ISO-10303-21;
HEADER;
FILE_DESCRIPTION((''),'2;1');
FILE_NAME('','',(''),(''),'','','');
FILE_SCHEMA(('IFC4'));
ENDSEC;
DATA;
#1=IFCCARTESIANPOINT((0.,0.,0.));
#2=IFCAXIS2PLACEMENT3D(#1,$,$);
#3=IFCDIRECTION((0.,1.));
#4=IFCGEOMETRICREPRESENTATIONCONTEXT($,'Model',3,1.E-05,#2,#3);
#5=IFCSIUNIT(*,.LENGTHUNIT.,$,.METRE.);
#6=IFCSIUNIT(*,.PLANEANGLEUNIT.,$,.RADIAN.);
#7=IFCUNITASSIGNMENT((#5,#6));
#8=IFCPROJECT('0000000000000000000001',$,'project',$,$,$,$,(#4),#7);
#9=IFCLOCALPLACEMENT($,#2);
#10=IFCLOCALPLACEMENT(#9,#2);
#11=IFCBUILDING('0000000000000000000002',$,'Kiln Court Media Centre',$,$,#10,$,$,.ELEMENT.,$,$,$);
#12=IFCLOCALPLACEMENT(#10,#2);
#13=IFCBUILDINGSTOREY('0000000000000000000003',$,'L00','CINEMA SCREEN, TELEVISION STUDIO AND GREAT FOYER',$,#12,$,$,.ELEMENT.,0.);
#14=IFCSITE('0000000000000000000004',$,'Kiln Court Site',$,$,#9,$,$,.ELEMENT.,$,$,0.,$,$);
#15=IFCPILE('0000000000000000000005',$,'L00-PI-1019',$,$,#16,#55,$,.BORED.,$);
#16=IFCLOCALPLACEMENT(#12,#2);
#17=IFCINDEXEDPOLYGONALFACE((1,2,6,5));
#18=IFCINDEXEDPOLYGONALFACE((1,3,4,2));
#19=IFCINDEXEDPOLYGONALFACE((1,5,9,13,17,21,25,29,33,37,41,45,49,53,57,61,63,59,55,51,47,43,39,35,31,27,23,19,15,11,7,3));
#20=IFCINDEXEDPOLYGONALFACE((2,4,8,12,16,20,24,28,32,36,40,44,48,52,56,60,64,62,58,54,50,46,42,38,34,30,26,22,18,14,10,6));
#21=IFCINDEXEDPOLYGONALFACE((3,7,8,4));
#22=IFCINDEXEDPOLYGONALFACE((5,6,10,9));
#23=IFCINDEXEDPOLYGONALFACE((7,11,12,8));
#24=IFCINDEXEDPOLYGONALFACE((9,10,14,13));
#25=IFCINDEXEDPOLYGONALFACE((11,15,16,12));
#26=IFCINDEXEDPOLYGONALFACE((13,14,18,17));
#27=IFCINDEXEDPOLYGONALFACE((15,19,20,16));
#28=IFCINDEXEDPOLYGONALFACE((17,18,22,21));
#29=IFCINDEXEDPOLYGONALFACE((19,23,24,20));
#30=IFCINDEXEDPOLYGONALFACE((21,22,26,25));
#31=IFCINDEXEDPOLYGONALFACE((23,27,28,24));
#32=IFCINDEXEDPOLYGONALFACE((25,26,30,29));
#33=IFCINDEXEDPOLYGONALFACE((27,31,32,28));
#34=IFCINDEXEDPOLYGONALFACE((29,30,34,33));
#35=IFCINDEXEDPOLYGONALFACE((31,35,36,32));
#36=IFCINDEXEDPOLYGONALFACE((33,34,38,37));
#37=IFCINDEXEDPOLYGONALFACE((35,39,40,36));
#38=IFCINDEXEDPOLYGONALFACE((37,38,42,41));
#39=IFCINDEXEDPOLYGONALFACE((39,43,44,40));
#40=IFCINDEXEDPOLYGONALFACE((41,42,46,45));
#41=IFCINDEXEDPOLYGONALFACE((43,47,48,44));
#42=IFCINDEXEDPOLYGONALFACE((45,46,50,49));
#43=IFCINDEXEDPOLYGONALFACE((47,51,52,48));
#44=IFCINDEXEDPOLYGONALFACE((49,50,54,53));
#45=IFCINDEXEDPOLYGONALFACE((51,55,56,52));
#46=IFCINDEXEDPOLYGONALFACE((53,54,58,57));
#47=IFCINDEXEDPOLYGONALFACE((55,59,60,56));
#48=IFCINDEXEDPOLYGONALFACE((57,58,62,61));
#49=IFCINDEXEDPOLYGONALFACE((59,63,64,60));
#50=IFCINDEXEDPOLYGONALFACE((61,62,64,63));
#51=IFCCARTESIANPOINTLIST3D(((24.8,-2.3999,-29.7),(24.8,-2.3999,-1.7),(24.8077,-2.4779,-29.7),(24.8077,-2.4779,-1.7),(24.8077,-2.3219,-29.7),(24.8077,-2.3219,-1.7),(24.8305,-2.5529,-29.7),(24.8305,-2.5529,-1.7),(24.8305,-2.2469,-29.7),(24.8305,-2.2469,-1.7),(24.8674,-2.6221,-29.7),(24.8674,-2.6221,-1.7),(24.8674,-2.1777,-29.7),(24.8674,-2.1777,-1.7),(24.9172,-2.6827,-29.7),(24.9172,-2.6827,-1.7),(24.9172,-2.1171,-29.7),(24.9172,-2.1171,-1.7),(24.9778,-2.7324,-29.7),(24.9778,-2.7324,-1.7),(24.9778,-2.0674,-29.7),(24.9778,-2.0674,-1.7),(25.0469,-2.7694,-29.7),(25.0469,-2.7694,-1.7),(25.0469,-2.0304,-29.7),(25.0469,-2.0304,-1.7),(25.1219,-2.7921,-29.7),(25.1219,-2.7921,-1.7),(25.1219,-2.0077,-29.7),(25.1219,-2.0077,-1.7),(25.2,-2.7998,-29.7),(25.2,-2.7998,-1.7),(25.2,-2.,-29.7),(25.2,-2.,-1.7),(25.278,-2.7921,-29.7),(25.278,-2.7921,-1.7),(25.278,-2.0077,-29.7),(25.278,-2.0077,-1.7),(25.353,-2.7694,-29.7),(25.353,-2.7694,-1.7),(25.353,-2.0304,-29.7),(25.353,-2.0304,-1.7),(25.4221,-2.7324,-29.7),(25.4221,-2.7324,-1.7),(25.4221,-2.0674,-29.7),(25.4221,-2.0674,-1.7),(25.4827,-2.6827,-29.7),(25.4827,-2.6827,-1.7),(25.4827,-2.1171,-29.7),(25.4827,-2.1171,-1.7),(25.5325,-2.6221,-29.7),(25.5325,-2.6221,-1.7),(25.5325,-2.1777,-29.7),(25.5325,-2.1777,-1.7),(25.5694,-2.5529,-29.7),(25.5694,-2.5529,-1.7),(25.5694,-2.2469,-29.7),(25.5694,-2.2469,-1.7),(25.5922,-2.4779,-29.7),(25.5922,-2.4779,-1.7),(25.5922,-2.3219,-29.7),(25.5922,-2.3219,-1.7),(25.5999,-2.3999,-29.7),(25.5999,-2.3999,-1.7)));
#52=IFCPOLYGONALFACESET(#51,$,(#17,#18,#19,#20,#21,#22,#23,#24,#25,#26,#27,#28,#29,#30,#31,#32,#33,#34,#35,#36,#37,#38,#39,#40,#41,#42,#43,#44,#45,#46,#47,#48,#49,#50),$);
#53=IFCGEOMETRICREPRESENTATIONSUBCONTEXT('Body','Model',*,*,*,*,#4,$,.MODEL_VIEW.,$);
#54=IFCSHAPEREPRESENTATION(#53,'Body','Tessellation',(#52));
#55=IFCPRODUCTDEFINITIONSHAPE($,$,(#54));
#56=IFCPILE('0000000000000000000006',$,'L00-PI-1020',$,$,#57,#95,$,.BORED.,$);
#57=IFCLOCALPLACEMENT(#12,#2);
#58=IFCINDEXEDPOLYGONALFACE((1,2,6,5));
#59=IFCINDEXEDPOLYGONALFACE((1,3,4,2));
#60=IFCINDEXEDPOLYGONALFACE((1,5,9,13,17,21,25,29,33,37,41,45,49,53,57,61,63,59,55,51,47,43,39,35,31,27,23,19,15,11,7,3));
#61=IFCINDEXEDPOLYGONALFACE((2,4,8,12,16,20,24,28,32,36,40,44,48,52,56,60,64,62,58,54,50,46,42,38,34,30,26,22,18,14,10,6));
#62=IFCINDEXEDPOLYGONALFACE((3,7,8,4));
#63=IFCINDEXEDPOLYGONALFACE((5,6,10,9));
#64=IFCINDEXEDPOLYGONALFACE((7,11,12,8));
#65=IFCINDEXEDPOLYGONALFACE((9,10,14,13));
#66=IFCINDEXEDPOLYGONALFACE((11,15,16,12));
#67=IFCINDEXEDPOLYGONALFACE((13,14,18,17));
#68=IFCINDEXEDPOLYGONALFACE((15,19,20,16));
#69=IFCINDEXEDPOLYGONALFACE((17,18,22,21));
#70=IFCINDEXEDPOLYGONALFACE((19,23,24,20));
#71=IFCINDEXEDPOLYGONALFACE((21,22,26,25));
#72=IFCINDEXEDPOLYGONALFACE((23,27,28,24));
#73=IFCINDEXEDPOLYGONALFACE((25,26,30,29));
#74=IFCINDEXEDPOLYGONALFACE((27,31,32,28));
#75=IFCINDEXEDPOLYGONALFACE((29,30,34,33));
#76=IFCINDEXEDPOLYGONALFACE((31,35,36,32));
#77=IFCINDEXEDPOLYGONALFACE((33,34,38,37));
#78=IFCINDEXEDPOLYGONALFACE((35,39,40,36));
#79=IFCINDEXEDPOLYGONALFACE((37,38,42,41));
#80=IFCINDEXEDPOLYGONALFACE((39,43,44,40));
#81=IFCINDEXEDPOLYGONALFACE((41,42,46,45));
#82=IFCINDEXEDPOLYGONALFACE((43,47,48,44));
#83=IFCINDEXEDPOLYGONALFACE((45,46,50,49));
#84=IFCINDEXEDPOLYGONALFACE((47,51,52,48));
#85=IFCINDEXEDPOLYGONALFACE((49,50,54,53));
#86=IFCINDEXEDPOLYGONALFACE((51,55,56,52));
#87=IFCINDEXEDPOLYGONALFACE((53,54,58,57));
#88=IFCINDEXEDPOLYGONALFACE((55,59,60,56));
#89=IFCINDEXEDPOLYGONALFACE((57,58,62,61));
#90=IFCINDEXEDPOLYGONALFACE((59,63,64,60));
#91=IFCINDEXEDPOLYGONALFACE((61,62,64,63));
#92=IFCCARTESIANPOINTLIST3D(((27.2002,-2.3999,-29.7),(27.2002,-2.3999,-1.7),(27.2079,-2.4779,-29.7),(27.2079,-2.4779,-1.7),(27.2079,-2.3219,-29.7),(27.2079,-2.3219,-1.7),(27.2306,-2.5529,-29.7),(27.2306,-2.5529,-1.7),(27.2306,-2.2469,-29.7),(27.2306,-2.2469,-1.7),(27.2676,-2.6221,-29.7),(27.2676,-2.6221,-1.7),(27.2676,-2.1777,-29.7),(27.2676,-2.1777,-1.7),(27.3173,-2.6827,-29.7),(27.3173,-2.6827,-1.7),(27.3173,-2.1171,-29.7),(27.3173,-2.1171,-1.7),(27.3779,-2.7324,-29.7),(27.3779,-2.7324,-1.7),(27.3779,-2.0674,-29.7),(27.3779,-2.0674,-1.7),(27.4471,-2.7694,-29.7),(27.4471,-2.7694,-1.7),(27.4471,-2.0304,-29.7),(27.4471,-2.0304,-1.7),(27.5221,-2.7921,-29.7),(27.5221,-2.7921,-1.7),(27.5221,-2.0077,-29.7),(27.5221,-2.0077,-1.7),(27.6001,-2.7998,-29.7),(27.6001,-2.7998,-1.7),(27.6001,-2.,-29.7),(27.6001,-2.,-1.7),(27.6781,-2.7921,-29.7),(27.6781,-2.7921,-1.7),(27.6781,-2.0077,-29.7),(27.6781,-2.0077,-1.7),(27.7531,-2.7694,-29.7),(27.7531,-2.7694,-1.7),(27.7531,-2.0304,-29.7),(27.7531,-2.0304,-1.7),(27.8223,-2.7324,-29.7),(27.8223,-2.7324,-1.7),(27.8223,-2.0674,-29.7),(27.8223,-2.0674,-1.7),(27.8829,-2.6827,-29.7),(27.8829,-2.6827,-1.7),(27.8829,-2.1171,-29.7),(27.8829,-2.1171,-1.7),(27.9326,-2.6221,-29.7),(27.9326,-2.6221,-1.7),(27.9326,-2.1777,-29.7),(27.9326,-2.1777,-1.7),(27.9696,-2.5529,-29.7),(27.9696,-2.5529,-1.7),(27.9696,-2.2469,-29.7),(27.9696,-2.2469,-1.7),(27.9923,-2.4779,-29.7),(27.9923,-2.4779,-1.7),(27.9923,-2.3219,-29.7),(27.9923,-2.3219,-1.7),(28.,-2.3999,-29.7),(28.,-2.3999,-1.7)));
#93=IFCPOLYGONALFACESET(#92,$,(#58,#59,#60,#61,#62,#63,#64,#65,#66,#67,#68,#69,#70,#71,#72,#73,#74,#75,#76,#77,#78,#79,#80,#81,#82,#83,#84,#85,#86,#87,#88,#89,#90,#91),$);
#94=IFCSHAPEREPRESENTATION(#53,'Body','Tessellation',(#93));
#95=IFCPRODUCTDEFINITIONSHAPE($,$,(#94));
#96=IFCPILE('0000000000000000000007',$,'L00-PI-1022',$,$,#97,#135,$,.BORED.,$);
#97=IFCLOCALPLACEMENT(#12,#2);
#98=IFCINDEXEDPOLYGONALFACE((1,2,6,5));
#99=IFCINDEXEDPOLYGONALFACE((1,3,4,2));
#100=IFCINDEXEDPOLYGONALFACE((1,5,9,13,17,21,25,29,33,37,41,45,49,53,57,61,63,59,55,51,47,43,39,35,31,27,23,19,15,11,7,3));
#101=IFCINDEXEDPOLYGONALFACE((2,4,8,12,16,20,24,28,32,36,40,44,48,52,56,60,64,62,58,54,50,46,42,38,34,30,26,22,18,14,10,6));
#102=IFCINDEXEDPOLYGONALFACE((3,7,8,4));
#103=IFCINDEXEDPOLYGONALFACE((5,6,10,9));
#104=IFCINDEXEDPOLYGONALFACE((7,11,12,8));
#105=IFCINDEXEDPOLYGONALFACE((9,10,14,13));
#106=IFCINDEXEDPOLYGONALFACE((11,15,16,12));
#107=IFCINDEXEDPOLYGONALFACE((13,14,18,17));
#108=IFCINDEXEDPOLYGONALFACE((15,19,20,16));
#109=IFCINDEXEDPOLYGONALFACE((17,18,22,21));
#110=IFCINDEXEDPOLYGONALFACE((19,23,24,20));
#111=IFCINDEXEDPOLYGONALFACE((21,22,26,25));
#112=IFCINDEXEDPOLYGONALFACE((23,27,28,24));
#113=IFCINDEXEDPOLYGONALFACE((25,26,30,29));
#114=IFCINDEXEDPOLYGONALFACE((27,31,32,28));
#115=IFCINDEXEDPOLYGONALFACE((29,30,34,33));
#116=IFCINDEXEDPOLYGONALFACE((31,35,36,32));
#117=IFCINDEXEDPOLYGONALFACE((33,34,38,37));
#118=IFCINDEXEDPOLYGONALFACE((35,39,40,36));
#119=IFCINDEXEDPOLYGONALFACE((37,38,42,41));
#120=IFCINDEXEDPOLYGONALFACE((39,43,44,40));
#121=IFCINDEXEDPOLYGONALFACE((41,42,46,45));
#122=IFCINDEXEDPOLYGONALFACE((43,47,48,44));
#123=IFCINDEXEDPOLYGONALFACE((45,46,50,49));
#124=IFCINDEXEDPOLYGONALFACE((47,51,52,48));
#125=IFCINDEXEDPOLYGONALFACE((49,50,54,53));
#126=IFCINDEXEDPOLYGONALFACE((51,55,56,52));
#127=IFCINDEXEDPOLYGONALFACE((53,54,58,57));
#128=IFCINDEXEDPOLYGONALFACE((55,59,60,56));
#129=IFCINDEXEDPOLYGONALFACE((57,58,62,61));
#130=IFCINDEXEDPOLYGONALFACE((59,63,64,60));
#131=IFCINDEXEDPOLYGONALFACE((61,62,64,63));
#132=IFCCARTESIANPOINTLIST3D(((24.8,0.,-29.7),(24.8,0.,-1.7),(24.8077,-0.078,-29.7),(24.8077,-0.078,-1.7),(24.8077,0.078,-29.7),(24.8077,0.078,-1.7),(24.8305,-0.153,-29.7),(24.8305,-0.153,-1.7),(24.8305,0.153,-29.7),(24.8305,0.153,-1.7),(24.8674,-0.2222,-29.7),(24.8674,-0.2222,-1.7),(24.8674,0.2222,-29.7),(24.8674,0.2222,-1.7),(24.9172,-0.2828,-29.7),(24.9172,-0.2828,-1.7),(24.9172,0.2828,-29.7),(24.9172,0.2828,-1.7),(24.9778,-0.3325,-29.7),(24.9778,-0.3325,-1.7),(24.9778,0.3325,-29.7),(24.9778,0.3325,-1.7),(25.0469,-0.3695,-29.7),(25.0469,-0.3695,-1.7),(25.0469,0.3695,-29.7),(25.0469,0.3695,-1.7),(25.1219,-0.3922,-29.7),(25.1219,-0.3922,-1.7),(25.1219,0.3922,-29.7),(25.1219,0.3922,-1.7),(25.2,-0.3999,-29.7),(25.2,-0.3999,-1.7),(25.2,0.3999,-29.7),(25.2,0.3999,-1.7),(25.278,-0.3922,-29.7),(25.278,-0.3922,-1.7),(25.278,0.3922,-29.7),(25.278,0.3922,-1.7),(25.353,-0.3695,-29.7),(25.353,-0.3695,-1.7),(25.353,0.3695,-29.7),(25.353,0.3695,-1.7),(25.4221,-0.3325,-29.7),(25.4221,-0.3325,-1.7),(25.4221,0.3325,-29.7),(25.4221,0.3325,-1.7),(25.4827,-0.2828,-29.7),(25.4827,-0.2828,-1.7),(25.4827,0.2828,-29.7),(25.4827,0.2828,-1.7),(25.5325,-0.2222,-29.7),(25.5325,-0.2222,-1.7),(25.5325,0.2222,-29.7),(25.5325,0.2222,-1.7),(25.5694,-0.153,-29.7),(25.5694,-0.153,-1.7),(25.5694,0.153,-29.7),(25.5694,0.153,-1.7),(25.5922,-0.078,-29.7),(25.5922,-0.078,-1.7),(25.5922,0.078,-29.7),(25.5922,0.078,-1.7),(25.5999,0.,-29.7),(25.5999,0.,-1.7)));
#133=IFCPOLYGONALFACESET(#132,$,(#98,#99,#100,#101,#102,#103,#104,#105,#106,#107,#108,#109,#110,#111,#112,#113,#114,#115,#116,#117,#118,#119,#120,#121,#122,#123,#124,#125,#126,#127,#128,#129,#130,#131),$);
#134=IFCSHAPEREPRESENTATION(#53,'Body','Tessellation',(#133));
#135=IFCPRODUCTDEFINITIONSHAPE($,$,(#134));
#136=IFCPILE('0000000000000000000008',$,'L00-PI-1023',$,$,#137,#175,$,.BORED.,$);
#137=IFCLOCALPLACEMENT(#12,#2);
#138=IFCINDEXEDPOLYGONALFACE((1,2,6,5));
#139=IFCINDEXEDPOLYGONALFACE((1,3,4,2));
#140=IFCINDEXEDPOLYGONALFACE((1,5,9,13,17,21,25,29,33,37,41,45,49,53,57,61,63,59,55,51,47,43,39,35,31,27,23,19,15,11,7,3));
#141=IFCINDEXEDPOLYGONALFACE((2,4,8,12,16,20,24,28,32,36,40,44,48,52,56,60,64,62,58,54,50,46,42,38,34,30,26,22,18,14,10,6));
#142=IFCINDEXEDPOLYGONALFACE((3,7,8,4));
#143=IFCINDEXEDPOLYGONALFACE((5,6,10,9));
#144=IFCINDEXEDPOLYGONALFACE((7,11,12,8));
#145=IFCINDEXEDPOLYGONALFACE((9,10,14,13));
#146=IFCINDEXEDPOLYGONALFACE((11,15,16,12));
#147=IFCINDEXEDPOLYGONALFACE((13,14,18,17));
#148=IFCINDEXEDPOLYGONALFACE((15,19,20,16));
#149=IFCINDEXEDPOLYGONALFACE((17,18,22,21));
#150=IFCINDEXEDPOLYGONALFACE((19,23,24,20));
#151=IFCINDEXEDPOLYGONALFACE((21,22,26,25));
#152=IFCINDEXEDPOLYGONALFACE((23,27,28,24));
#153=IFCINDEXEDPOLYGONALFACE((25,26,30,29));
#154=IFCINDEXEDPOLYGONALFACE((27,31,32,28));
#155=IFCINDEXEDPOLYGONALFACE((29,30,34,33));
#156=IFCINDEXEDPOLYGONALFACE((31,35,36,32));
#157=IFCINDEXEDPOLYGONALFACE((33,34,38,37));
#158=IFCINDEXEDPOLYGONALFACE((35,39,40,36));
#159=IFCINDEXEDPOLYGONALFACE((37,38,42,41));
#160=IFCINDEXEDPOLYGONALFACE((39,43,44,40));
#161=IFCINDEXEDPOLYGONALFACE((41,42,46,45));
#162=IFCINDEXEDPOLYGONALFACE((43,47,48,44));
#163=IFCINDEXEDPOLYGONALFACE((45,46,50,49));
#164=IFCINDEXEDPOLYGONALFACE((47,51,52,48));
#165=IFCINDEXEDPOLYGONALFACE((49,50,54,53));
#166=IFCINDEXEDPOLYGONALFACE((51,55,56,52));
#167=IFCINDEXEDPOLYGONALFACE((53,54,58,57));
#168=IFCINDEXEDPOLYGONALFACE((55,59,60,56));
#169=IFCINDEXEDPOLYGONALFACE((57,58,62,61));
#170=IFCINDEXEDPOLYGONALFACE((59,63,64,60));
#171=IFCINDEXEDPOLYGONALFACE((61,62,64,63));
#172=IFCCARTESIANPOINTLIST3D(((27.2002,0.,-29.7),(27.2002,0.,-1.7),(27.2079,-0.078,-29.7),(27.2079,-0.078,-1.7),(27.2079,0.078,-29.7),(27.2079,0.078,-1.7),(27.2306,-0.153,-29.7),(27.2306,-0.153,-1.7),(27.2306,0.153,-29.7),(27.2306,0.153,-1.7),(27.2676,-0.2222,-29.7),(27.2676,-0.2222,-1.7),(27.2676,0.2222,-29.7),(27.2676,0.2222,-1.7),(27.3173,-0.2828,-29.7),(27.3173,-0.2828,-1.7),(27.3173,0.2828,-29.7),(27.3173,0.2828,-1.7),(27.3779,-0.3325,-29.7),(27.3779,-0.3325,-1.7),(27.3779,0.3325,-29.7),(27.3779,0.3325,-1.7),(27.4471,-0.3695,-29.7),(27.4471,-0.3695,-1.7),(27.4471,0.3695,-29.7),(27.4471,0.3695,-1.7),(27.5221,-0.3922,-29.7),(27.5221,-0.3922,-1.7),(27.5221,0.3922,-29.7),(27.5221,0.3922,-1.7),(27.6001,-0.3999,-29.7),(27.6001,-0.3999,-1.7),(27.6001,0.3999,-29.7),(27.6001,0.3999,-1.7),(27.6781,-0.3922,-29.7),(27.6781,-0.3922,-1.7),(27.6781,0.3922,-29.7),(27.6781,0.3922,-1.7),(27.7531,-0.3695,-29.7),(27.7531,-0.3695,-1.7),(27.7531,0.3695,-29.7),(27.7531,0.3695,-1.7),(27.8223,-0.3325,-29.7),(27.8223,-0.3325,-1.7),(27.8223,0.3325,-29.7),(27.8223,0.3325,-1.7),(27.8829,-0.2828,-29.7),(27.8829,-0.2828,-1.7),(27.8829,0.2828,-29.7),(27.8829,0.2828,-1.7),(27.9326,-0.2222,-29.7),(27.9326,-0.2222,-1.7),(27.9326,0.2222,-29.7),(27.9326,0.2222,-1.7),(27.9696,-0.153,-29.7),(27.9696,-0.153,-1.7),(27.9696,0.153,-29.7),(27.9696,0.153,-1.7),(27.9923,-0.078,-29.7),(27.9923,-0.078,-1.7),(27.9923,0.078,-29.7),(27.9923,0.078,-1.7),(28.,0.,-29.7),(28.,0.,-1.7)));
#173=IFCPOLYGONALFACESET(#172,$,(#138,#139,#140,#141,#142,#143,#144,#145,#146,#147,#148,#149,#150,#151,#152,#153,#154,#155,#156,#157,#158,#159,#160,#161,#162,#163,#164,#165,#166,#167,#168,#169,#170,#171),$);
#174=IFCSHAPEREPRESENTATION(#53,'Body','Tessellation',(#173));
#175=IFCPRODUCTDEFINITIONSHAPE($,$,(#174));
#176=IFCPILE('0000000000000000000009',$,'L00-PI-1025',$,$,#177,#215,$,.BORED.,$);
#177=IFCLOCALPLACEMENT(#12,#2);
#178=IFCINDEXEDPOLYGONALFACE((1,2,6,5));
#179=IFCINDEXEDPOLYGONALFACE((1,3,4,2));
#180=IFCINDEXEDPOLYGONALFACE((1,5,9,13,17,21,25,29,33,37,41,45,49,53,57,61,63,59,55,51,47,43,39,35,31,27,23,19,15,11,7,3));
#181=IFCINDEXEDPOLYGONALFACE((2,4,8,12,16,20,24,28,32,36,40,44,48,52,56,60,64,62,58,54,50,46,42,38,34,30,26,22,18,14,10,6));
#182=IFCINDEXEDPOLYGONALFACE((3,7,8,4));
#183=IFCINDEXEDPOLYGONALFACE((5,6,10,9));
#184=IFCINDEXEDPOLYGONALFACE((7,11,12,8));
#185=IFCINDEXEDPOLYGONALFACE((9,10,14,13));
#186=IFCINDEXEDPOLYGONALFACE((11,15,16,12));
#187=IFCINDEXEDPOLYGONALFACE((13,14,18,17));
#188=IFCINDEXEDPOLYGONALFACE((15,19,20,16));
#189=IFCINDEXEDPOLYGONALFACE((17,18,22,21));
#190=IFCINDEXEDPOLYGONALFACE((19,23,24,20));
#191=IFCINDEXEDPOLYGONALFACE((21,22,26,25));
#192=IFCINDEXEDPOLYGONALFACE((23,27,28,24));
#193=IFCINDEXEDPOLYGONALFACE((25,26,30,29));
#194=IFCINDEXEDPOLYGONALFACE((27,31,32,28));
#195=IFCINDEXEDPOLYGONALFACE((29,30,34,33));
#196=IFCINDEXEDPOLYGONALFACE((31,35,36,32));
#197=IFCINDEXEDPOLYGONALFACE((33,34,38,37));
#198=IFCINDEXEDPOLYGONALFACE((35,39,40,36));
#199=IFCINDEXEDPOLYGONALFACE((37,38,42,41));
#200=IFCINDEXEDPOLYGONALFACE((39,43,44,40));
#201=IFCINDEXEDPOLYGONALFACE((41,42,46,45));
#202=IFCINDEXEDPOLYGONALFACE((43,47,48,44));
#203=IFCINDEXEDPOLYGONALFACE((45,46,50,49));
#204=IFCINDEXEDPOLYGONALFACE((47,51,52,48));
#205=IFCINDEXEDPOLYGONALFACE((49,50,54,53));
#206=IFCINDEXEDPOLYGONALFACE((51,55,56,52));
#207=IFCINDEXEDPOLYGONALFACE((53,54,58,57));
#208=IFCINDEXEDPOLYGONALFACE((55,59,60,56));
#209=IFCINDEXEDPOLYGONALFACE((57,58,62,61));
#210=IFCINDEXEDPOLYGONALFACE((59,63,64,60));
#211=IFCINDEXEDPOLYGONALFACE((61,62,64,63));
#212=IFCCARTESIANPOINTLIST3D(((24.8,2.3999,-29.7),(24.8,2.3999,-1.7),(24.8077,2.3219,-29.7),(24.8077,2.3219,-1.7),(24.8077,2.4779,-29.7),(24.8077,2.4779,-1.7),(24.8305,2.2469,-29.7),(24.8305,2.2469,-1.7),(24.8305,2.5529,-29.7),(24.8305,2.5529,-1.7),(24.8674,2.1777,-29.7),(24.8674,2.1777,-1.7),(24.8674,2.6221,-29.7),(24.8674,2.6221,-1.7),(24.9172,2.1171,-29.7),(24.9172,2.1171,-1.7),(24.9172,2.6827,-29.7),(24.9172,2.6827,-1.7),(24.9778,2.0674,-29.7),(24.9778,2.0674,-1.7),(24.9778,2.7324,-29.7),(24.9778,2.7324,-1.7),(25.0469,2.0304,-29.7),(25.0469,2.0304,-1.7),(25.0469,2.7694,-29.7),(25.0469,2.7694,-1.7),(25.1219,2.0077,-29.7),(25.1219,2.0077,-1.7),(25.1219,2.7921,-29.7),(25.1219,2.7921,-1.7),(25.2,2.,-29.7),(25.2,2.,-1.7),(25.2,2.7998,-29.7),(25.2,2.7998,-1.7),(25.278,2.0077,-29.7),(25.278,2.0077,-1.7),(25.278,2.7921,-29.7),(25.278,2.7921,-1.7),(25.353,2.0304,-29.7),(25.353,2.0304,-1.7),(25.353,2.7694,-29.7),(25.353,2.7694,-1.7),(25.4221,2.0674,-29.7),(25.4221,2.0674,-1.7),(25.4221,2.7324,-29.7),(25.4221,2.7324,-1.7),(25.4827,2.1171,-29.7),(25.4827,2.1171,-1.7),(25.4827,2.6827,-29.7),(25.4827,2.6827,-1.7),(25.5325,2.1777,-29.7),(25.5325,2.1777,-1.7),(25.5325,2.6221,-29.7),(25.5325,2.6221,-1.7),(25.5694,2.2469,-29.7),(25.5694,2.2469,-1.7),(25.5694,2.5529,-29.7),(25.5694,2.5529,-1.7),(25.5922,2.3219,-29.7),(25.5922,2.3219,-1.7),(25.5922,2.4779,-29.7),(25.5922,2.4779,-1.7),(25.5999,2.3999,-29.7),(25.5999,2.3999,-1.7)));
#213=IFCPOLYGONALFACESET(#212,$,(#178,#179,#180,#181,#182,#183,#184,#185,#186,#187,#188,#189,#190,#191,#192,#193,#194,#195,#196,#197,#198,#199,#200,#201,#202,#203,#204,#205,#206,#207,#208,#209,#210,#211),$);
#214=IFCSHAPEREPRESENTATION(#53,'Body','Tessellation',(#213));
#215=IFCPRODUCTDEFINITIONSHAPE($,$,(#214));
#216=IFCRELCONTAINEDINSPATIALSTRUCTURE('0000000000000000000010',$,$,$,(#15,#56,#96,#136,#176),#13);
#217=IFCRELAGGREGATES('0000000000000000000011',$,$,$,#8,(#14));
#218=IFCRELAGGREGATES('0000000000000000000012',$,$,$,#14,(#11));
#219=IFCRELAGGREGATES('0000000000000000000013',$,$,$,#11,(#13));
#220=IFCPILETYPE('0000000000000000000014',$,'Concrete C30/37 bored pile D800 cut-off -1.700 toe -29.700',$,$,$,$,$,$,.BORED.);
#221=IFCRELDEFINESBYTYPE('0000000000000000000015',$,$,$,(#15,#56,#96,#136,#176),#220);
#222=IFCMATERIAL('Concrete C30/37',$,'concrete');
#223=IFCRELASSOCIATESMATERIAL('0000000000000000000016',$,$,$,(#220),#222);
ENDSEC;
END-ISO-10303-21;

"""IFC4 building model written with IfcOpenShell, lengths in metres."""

from ifc_helpers import new_model, si_unit, direction, frame, origin, origin_2d, place, context, subcontext, project, spatial, circle, extrude, material, material_profile, profile_set, type_object, element, save


model = new_model("IFC4")

# Units and contexts
model_context = context("Model", 3, precision=1e-05, world=origin(), true_north=direction((0.0, 1.0)))
body_context = subcontext(model_context, "Body", "Model", "MODEL_VIEW")
ifc_project = project(units=[si_unit("LENGTHUNIT", "METRE"), si_unit("PLANEANGLEUNIT", "RADIAN")], contexts=[model_context])

# Site, building, storey
site_placement = place(None, origin())
site = spatial("IfcSite", under=ifc_project, at=site_placement, Name="Kiln Court Site", CompositionType="ELEMENT", RefElevation=0.0)
building_placement = place(site_placement, origin())
building = spatial("IfcBuilding", under=site, at=building_placement, Name="Kiln Court Media Centre", CompositionType="ELEMENT")
storey_placement = place(building_placement, origin())
storey = spatial("IfcBuildingStorey", under=building, at=storey_placement, Name="L00", Description="CINEMA SCREEN, TELEVISION STUDIO AND GREAT FOYER", CompositionType="ELEMENT", Elevation=0.0)

# Piles
ifc_material_1 = material(Name="Concrete C30/37", Category="concrete")
ifc_material_profile_1 = material_profile(ifc_material_1, circle(Radius=0.3999, at=origin_2d()), Name="PILE D800")
ifc_profile_set_1 = profile_set([ifc_material_profile_1], Name="Concrete C30/37")
pile_type = type_object("IfcPileType", Name="Concrete C30/37 bored pile D800 cut-off -1.700 toe -29.700", PredefinedType="BORED", material=ifc_profile_set_1)
for number, where, z_axis, x_axis, name in (
    (1, (25.2, -2.3999, -1.7), (0.0, 0.0, -1.0), (1.0, 0.0, 0.0), "L00-PI-1019"),
    (2, (27.6001, -2.3999, -1.7), (0.0, 0.0, -1.0), (1.0, 0.0, 0.0), "L00-PI-1020"),
    (3, (25.2, 0.0, -1.7), (0.0, 0.0, -1.0), (1.0, 0.0, 0.0), "L00-PI-1022"),
    (4, (27.6001, 0.0, -1.7), (0.0, 0.0, -1.0), (1.0, 0.0, 0.0), "L00-PI-1023"),
    (5, (25.2, 2.3999, -1.7), (0.0, 0.0, -1.0), (1.0, 0.0, 0.0), "L00-PI-1025"),
):
    element("IfcPile", number, at=place(storey_placement, frame(where, z_axis=z_axis, x_axis=x_axis)), inside=storey, type_object=pile_type, Name=name, PredefinedType="BORED", context=body_context, shape_type="SweptSolid", body=[
        extrude(circle(Radius=0.3999, at=origin_2d()), origin(), (0.0, 0.0, 1.0), 28.0),
    ])

save(model, "model.ifc")
